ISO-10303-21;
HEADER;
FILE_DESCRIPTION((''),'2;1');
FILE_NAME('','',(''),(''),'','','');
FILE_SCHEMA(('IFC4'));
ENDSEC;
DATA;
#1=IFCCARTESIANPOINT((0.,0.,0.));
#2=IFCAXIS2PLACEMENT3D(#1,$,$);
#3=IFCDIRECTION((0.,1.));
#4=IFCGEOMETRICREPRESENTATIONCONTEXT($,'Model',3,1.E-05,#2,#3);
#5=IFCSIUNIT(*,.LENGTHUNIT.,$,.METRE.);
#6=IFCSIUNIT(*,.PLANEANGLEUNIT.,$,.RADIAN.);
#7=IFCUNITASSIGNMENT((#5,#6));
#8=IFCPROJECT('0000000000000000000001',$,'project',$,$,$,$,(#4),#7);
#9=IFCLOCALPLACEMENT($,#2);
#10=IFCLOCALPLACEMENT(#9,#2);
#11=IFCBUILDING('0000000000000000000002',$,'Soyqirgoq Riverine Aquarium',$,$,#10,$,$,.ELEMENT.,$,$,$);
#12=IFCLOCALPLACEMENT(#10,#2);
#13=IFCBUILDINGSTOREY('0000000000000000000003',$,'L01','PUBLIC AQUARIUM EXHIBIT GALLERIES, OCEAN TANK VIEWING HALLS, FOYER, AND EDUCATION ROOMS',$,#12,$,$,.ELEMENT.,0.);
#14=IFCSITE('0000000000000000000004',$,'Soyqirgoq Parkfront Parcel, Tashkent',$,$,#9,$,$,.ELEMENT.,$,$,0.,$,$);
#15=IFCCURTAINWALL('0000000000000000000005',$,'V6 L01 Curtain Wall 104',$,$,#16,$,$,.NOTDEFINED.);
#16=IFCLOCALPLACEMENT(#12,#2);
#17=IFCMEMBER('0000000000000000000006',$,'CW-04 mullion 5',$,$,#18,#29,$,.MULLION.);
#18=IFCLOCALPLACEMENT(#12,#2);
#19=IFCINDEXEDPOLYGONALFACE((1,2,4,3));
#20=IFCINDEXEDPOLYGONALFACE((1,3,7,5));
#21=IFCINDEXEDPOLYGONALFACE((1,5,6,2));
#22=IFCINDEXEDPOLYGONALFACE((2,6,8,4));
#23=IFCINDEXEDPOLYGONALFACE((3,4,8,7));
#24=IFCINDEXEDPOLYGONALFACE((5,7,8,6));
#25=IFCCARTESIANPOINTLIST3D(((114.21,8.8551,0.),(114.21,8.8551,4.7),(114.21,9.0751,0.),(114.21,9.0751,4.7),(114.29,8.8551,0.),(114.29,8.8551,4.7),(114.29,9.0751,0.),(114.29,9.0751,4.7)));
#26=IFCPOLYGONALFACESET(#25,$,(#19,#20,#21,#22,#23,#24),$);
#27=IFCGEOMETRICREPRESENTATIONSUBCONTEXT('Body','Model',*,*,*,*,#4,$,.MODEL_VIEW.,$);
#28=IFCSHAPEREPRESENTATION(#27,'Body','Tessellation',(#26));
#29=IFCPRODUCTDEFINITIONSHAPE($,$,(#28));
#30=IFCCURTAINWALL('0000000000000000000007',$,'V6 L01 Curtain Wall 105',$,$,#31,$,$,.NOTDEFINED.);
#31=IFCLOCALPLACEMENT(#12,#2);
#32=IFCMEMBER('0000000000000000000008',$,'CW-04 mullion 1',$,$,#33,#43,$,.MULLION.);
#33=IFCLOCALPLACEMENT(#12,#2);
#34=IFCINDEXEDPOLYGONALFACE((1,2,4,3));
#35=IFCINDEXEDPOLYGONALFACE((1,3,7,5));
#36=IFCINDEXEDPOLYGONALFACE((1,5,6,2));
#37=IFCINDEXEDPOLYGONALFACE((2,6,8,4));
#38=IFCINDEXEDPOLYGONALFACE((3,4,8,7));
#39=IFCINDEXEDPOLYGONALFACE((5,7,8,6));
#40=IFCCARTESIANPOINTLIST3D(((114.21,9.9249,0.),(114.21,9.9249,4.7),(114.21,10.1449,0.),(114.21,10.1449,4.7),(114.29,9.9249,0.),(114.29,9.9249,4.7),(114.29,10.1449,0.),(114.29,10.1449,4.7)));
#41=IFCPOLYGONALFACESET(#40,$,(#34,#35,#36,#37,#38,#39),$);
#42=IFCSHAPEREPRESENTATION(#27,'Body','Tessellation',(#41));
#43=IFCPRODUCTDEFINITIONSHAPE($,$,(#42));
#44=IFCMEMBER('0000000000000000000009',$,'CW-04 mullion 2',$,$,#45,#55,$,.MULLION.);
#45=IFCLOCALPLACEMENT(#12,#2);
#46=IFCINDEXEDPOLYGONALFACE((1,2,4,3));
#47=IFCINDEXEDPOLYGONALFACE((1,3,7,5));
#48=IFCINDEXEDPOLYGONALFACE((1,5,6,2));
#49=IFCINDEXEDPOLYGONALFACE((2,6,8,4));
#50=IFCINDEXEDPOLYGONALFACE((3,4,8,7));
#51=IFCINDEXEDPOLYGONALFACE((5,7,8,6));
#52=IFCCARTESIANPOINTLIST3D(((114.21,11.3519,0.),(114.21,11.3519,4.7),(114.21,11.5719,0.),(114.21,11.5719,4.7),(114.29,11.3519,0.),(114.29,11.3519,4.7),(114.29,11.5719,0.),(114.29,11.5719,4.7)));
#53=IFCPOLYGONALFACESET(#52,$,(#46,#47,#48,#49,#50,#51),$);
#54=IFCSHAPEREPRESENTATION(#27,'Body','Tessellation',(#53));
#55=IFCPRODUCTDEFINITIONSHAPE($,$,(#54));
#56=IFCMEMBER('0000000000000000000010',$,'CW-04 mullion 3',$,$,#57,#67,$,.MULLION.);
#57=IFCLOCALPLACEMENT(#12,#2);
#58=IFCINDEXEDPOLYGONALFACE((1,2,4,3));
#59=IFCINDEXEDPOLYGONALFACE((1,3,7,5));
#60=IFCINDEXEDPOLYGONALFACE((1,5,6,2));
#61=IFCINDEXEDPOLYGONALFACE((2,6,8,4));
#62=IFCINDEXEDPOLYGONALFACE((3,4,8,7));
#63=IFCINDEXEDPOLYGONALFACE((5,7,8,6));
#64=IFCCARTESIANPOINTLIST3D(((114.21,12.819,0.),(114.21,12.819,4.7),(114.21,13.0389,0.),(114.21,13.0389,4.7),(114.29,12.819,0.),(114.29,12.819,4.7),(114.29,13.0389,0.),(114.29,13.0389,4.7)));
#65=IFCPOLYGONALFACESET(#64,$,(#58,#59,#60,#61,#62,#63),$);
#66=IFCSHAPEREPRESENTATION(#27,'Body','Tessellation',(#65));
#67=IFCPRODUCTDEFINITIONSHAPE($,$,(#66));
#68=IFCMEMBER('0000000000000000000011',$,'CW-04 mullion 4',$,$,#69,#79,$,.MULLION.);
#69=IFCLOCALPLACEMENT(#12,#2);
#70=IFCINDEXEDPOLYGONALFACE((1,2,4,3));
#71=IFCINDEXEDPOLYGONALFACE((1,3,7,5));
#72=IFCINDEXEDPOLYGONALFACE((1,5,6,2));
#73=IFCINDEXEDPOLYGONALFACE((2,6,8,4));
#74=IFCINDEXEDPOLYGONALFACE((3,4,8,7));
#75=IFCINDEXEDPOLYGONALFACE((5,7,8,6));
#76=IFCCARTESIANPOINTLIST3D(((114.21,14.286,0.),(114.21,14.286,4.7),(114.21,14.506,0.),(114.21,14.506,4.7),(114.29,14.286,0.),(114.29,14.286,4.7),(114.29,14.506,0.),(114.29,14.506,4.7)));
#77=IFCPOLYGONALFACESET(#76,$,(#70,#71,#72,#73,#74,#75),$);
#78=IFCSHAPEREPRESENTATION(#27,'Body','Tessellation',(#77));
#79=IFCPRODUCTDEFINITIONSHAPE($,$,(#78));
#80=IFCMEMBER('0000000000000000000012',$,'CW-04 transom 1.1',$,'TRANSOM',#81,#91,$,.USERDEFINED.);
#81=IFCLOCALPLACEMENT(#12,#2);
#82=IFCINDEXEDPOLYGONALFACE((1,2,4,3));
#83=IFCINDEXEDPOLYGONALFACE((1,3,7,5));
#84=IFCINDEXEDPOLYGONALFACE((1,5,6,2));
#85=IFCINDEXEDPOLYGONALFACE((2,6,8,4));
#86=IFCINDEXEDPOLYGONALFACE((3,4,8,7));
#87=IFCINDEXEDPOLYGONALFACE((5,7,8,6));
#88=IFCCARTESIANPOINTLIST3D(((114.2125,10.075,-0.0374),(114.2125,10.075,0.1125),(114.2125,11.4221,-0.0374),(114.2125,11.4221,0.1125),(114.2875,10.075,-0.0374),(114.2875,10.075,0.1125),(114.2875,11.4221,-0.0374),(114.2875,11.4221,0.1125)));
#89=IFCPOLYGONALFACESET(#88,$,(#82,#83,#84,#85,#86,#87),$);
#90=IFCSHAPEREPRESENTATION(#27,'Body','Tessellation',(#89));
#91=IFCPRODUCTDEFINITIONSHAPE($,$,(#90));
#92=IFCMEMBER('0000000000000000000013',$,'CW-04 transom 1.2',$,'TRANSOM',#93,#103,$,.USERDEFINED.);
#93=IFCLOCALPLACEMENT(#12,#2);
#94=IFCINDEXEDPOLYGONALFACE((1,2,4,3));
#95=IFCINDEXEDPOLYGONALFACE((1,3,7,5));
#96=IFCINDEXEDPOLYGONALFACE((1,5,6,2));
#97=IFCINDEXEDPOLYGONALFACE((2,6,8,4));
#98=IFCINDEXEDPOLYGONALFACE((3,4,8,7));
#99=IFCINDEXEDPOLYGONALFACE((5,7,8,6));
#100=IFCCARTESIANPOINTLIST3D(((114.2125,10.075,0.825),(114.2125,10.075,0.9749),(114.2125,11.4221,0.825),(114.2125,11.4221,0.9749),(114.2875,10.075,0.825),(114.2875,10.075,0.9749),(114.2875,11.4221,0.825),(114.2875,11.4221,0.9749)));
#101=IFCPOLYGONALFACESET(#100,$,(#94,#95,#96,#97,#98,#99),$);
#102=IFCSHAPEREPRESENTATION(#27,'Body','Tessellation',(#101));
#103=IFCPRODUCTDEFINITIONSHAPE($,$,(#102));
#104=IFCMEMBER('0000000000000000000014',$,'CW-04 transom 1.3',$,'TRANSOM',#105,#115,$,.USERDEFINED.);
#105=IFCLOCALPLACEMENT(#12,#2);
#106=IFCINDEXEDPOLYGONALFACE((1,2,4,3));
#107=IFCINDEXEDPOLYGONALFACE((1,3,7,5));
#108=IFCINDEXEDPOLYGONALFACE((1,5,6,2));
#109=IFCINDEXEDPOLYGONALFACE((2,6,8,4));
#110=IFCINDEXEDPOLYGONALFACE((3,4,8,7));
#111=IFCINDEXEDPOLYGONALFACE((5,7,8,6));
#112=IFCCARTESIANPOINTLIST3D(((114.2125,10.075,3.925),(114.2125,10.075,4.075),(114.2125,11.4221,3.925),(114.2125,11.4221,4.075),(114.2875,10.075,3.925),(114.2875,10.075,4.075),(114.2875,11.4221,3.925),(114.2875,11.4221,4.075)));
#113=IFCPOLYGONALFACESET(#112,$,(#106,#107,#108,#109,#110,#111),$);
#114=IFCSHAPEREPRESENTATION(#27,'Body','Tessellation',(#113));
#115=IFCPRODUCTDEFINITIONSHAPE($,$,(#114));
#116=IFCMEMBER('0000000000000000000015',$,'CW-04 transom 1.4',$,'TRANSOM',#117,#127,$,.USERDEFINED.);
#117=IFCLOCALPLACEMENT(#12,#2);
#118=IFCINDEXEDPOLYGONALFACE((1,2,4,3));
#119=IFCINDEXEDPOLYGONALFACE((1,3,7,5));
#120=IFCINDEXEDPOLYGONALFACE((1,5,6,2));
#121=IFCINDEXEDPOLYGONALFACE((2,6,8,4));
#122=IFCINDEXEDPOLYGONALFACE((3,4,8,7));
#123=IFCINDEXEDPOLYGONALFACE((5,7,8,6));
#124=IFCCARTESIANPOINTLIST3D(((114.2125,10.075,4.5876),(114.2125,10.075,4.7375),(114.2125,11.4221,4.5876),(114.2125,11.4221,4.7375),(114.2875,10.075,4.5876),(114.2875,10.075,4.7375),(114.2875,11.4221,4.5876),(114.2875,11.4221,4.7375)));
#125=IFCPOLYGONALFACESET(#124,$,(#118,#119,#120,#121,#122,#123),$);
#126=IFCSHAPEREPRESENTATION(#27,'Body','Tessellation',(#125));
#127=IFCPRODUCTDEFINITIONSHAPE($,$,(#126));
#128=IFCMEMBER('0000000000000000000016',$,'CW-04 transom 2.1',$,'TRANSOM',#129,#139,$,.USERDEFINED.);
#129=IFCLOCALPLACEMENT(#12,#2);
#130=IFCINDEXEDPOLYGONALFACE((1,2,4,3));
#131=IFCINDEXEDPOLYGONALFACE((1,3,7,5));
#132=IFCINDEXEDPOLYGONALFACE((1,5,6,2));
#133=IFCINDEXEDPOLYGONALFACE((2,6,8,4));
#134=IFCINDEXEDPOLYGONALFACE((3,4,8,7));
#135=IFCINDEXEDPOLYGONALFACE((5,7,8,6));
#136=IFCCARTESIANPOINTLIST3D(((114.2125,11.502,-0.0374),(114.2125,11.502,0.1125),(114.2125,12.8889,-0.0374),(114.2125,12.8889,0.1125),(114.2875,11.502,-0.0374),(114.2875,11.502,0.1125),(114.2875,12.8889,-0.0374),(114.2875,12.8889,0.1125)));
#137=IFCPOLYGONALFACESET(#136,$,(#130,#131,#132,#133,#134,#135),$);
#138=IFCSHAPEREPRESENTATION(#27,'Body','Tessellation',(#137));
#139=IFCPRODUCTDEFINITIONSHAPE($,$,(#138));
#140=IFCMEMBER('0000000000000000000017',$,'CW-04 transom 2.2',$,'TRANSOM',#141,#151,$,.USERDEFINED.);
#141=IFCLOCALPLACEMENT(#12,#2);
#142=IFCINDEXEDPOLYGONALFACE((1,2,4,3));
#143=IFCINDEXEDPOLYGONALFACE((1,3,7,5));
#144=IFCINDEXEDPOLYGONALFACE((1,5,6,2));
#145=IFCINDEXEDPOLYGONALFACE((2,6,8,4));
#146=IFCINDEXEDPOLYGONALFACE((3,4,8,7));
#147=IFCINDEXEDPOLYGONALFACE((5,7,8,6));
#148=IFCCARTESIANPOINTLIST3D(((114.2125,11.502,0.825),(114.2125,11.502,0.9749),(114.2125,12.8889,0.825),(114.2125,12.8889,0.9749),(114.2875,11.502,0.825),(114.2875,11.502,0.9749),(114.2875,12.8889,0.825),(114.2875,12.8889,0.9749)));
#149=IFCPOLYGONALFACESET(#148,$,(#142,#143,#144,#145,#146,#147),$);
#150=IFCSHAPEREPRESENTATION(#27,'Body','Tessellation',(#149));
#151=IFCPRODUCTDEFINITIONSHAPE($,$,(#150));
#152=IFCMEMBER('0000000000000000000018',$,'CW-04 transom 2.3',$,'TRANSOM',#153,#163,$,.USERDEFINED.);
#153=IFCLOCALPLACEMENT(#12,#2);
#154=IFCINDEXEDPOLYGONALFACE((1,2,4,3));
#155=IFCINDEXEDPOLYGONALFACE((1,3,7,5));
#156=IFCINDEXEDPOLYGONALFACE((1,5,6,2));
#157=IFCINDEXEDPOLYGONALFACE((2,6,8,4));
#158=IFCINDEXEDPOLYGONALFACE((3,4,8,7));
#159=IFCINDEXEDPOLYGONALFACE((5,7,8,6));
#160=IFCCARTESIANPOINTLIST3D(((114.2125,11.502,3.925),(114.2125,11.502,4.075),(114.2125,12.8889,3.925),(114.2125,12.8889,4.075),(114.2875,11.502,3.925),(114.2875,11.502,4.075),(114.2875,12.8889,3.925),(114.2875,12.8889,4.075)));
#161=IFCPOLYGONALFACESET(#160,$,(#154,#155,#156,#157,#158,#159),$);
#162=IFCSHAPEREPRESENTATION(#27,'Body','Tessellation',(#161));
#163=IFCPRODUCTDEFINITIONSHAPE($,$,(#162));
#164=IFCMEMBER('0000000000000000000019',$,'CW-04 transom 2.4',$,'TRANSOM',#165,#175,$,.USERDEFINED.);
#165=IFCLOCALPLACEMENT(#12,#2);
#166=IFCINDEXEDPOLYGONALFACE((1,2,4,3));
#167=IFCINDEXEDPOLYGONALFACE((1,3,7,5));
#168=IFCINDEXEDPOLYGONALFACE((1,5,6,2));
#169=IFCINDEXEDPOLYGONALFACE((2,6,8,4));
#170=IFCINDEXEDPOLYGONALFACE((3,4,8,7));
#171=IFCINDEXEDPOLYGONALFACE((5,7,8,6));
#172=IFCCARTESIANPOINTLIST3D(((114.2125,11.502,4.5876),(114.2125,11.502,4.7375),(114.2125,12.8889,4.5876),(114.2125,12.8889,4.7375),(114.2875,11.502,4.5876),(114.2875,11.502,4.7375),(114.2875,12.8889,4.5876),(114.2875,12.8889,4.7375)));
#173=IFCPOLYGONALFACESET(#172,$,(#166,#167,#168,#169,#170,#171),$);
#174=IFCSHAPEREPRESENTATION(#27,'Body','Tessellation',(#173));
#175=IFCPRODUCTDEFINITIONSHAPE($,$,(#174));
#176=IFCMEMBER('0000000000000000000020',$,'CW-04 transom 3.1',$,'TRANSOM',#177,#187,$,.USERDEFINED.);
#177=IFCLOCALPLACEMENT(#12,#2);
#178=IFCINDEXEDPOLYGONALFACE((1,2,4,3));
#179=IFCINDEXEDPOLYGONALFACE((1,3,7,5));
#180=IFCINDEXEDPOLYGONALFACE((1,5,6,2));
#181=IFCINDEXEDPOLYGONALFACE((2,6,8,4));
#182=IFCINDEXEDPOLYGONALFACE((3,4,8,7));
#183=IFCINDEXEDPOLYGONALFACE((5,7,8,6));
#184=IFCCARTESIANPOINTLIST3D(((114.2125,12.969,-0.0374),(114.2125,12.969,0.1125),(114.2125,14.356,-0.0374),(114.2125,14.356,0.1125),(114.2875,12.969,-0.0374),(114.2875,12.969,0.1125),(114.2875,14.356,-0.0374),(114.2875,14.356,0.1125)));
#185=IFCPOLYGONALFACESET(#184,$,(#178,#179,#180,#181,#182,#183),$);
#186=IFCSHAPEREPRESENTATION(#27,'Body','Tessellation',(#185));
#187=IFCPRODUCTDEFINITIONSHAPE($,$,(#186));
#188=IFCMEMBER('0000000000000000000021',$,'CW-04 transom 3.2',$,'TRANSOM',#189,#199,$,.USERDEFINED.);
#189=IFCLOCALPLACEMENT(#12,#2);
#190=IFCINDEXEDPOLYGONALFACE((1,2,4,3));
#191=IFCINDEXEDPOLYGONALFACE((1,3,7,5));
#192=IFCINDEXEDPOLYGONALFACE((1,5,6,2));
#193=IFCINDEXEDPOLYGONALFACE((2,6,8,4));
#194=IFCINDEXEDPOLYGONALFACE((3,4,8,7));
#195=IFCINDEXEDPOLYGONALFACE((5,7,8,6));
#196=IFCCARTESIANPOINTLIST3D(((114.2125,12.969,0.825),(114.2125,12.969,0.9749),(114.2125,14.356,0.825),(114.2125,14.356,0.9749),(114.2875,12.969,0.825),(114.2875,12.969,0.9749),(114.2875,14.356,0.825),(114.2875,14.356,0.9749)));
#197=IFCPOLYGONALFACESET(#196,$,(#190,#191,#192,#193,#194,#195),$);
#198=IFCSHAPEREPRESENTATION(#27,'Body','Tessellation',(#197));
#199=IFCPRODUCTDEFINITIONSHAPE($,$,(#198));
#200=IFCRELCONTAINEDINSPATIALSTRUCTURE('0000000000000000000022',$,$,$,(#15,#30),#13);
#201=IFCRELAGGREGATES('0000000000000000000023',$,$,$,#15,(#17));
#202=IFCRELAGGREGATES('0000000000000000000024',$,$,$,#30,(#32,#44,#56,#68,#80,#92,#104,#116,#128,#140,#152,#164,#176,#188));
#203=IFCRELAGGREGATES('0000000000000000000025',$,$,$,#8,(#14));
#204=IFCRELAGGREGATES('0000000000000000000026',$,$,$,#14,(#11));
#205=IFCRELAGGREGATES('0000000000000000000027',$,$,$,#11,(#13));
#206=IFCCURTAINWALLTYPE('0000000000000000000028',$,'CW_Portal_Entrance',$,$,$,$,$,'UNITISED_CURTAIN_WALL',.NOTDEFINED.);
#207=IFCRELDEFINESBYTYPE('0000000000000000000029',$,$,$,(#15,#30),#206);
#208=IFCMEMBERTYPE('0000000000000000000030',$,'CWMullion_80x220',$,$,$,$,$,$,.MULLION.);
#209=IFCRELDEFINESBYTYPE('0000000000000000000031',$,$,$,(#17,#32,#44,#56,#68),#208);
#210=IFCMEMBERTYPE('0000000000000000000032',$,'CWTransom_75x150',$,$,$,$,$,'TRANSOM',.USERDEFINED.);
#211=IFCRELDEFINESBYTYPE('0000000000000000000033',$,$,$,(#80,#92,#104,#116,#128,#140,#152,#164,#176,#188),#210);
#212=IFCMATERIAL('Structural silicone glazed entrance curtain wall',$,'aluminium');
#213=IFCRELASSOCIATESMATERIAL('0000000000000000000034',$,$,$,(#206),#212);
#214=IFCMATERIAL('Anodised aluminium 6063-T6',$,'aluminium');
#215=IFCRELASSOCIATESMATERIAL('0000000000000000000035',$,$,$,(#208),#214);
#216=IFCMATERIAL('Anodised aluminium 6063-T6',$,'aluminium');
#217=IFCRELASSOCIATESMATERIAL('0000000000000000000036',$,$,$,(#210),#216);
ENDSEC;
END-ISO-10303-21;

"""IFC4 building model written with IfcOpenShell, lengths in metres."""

from ifc_helpers import new_model, si_unit, direction, frame, origin, origin_2d, place, context, subcontext, project, spatial, rectangle, extrude, material, material_profile, profile_set, type_object, element, aggregate, save


model = new_model("IFC4")

# Units and contexts
model_context = context("Model", 3, precision=1e-05, world=origin(), true_north=direction((0.0, 1.0)))
body_context = subcontext(model_context, "Body", "Model", "MODEL_VIEW")
ifc_project = project(units=[si_unit("LENGTHUNIT", "METRE"), si_unit("PLANEANGLEUNIT", "RADIAN")], contexts=[model_context])

# Site, building, storey
site_placement = place(None, origin())
site = spatial("IfcSite", under=ifc_project, at=site_placement, Name="Soyqirgoq Parkfront Parcel, Tashkent", CompositionType="ELEMENT", RefElevation=0.0)
building_placement = place(site_placement, origin())
building = spatial("IfcBuilding", under=site, at=building_placement, Name="Soyqirgoq Riverine Aquarium", CompositionType="ELEMENT")
storey_placement = place(building_placement, origin())
storey = spatial("IfcBuildingStorey", under=building, at=storey_placement, Name="L01", Description="PUBLIC AQUARIUM EXHIBIT GALLERIES, OCEAN TANK VIEWING HALLS, FOYER, AND EDUCATION ROOMS", CompositionType="ELEMENT", Elevation=0.0)

# Curtain wall, member
ifc_material_1 = material(Name="Structural silicone glazed entrance curtain wall", Category="aluminium")
curtain_wall_type = type_object("IfcCurtainWallType", Name="CW_Portal_Entrance", ElementType="UNITISED_CURTAIN_WALL", PredefinedType="NOTDEFINED", material=ifc_material_1)
curtain_wall_1_placement = place(storey_placement, origin())
curtain_wall_1 = element("IfcCurtainWall", 1, at=curtain_wall_1_placement, inside=storey, type_object=curtain_wall_type, Name="V6 L01 Curtain Wall 104", PredefinedType="NOTDEFINED")
ifc_material_2 = material(Name="Anodised aluminium 6063-T6", Category="aluminium")
ifc_material_profile_1 = material_profile(ifc_material_2, rectangle(XDim=0.0801, YDim=0.22, at=origin_2d()), Name="ALU-M 80x220")
ifc_profile_set_1 = profile_set([ifc_material_profile_1], Name="Anodised aluminium 6063-T6")
member_type_1 = type_object("IfcMemberType", Name="CWMullion_80x220", PredefinedType="MULLION", material=ifc_profile_set_1)
member_1_placement = place(storey_placement, frame((114.25, 8.9651, 0.0), z_axis=(0.0, 0.0, 1.0), x_axis=(-1.0, 0.0, 0.0)))
member_1 = element("IfcMember", 2, at=member_1_placement, type_object=member_type_1, Name="CW-04 mullion 5", PredefinedType="MULLION", context=body_context, shape_type="SweptSolid", body=[
    extrude(rectangle(XDim=0.0801, YDim=0.22, at=origin_2d()), origin(), (0.0, 0.0, 1.0), 4.7),
])

# Curtain wall, members
curtain_wall_2_placement = place(storey_placement, origin())
curtain_wall_2 = element("IfcCurtainWall", 3, at=curtain_wall_2_placement, inside=storey, type_object=curtain_wall_type, Name="V6 L01 Curtain Wall 105", PredefinedType="NOTDEFINED")
member_2_placement = place(storey_placement, frame((114.25, 10.0349, 0.0), z_axis=(0.0, 0.0, 1.0), x_axis=(-1.0, 0.0, 0.0)))
member_2 = element("IfcMember", 4, at=member_2_placement, type_object=member_type_1, Name="CW-04 mullion 1", PredefinedType="MULLION", context=body_context, shape_type="SweptSolid", body=[
    extrude(rectangle(XDim=0.0801, YDim=0.22, at=origin_2d()), origin(), (0.0, 0.0, 1.0), 4.7),
])
member_3_placement = place(storey_placement, frame((114.25, 11.4619, 0.0), z_axis=(0.0, 0.0, 1.0), x_axis=(-1.0, 0.0, 0.0)))
member_3 = element("IfcMember", 5, at=member_3_placement, type_object=member_type_1, Name="CW-04 mullion 2", PredefinedType="MULLION", context=body_context, shape_type="SweptSolid", body=[
    extrude(rectangle(XDim=0.0801, YDim=0.22, at=origin_2d()), origin(), (0.0, 0.0, 1.0), 4.7),
])
member_4_placement = place(storey_placement, frame((114.25, 12.929, 0.0), z_axis=(0.0, 0.0, 1.0), x_axis=(-1.0, 0.0, 0.0)))
member_4 = element("IfcMember", 6, at=member_4_placement, type_object=member_type_1, Name="CW-04 mullion 3", PredefinedType="MULLION", context=body_context, shape_type="SweptSolid", body=[
    extrude(rectangle(XDim=0.0801, YDim=0.22, at=origin_2d()), origin(), (0.0, 0.0, 1.0), 4.7),
])
member_5_placement = place(storey_placement, frame((114.25, 14.396, 0.0), z_axis=(0.0, 0.0, 1.0), x_axis=(-1.0, 0.0, 0.0)))
member_5 = element("IfcMember", 7, at=member_5_placement, type_object=member_type_1, Name="CW-04 mullion 4", PredefinedType="MULLION", context=body_context, shape_type="SweptSolid", body=[
    extrude(rectangle(XDim=0.0801, YDim=0.22, at=origin_2d()), origin(), (0.0, 0.0, 1.0), 4.7),
])
ifc_material_3 = material(Name="Anodised aluminium 6063-T6", Category="aluminium")
ifc_material_profile_2 = material_profile(ifc_material_3, rectangle(XDim=0.075, YDim=0.1499, at=origin_2d()), Name="ALU-T 75x150")
ifc_profile_set_2 = profile_set([ifc_material_profile_2], Name="Anodised aluminium 6063-T6")
member_type_2 = type_object("IfcMemberType", Name="CWTransom_75x150", ElementType="TRANSOM", PredefinedType="USERDEFINED", material=ifc_profile_set_2)
member_6_placement = place(storey_placement, frame((114.25, 10.075, 0.0376), z_axis=(0.0, 1.0, 0.0), x_axis=(-1.0, 0.0, 0.0)))
member_6 = element("IfcMember", 8, at=member_6_placement, type_object=member_type_2, Name="CW-04 transom 1.1", ObjectType="TRANSOM", PredefinedType="USERDEFINED", context=body_context, shape_type="SweptSolid", body=[
    extrude(rectangle(XDim=0.075, YDim=0.1499, at=origin_2d()), origin(), (0.0, 0.0, 1.0), 1.3472),
])
member_7_placement = place(storey_placement, frame((114.25, 10.075, 0.8999), z_axis=(0.0, 1.0, 0.0), x_axis=(-1.0, 0.0, 0.0)))
member_7 = element("IfcMember", 9, at=member_7_placement, type_object=member_type_2, Name="CW-04 transom 1.2", ObjectType="TRANSOM", PredefinedType="USERDEFINED", context=body_context, shape_type="SweptSolid", body=[
    extrude(rectangle(XDim=0.075, YDim=0.1499, at=origin_2d()), origin(), (0.0, 0.0, 1.0), 1.3472),
])
member_8_placement = place(storey_placement, frame((114.25, 10.075, 4.0), z_axis=(0.0, 1.0, 0.0), x_axis=(-1.0, 0.0, 0.0)))
member_8 = element("IfcMember", 10, at=member_8_placement, type_object=member_type_2, Name="CW-04 transom 1.3", ObjectType="TRANSOM", PredefinedType="USERDEFINED", context=body_context, shape_type="SweptSolid", body=[
    extrude(rectangle(XDim=0.075, YDim=0.1499, at=origin_2d()), origin(), (0.0, 0.0, 1.0), 1.3472),
])
member_9_placement = place(storey_placement, frame((114.25, 10.075, 4.6626), z_axis=(0.0, 1.0, 0.0), x_axis=(-1.0, 0.0, 0.0)))
member_9 = element("IfcMember", 11, at=member_9_placement, type_object=member_type_2, Name="CW-04 transom 1.4", ObjectType="TRANSOM", PredefinedType="USERDEFINED", context=body_context, shape_type="SweptSolid", body=[
    extrude(rectangle(XDim=0.075, YDim=0.1499, at=origin_2d()), origin(), (0.0, 0.0, 1.0), 1.3472),
])
member_10_placement = place(storey_placement, frame((114.25, 11.502, 0.0376), z_axis=(0.0, 1.0, 0.0), x_axis=(-1.0, 0.0, 0.0)))
member_10 = element("IfcMember", 12, at=member_10_placement, type_object=member_type_2, Name="CW-04 transom 2.1", ObjectType="TRANSOM", PredefinedType="USERDEFINED", context=body_context, shape_type="SweptSolid", body=[
    extrude(rectangle(XDim=0.075, YDim=0.1499, at=origin_2d()), origin(), (0.0, 0.0, 1.0), 1.387),
])
member_11_placement = place(storey_placement, frame((114.25, 11.502, 0.8999), z_axis=(0.0, 1.0, 0.0), x_axis=(-1.0, 0.0, 0.0)))
member_11 = element("IfcMember", 13, at=member_11_placement, type_object=member_type_2, Name="CW-04 transom 2.2", ObjectType="TRANSOM", PredefinedType="USERDEFINED", context=body_context, shape_type="SweptSolid", body=[
    extrude(rectangle(XDim=0.075, YDim=0.1499, at=origin_2d()), origin(), (0.0, 0.0, 1.0), 1.387),
])
member_12_placement = place(storey_placement, frame((114.25, 11.502, 4.0), z_axis=(0.0, 1.0, 0.0), x_axis=(-1.0, 0.0, 0.0)))
member_12 = element("IfcMember", 14, at=member_12_placement, type_object=member_type_2, Name="CW-04 transom 2.3", ObjectType="TRANSOM", PredefinedType="USERDEFINED", context=body_context, shape_type="SweptSolid", body=[
    extrude(rectangle(XDim=0.075, YDim=0.1499, at=origin_2d()), origin(), (0.0, 0.0, 1.0), 1.387),
])
member_13_placement = place(storey_placement, frame((114.25, 11.502, 4.6626), z_axis=(0.0, 1.0, 0.0), x_axis=(-1.0, 0.0, 0.0)))
member_13 = element("IfcMember", 15, at=member_13_placement, type_object=member_type_2, Name="CW-04 transom 2.4", ObjectType="TRANSOM", PredefinedType="USERDEFINED", context=body_context, shape_type="SweptSolid", body=[
    extrude(rectangle(XDim=0.075, YDim=0.1499, at=origin_2d()), origin(), (0.0, 0.0, 1.0), 1.387),
])
member_14_placement = place(storey_placement, frame((114.25, 12.969, 0.0376), z_axis=(0.0, 1.0, 0.0), x_axis=(-1.0, 0.0, 0.0)))
member_14 = element("IfcMember", 16, at=member_14_placement, type_object=member_type_2, Name="CW-04 transom 3.1", ObjectType="TRANSOM", PredefinedType="USERDEFINED", context=body_context, shape_type="SweptSolid", body=[
    extrude(rectangle(XDim=0.075, YDim=0.1499, at=origin_2d()), origin(), (0.0, 0.0, 1.0), 1.387),
])
member_15_placement = place(storey_placement, frame((114.25, 12.969, 0.8999), z_axis=(0.0, 1.0, 0.0), x_axis=(-1.0, 0.0, 0.0)))
member_15 = element("IfcMember", 17, at=member_15_placement, type_object=member_type_2, Name="CW-04 transom 3.2", ObjectType="TRANSOM", PredefinedType="USERDEFINED", context=body_context, shape_type="SweptSolid", body=[
    extrude(rectangle(XDim=0.075, YDim=0.1499, at=origin_2d()), origin(), (0.0, 0.0, 1.0), 1.387),
])

aggregate(curtain_wall_1, [member_1])
aggregate(curtain_wall_2, [member_2, member_3, member_4, member_5, member_6, member_7, member_8, member_9, member_10, member_11, member_12, member_13, member_14, member_15])

save(model, "model.ifc")
